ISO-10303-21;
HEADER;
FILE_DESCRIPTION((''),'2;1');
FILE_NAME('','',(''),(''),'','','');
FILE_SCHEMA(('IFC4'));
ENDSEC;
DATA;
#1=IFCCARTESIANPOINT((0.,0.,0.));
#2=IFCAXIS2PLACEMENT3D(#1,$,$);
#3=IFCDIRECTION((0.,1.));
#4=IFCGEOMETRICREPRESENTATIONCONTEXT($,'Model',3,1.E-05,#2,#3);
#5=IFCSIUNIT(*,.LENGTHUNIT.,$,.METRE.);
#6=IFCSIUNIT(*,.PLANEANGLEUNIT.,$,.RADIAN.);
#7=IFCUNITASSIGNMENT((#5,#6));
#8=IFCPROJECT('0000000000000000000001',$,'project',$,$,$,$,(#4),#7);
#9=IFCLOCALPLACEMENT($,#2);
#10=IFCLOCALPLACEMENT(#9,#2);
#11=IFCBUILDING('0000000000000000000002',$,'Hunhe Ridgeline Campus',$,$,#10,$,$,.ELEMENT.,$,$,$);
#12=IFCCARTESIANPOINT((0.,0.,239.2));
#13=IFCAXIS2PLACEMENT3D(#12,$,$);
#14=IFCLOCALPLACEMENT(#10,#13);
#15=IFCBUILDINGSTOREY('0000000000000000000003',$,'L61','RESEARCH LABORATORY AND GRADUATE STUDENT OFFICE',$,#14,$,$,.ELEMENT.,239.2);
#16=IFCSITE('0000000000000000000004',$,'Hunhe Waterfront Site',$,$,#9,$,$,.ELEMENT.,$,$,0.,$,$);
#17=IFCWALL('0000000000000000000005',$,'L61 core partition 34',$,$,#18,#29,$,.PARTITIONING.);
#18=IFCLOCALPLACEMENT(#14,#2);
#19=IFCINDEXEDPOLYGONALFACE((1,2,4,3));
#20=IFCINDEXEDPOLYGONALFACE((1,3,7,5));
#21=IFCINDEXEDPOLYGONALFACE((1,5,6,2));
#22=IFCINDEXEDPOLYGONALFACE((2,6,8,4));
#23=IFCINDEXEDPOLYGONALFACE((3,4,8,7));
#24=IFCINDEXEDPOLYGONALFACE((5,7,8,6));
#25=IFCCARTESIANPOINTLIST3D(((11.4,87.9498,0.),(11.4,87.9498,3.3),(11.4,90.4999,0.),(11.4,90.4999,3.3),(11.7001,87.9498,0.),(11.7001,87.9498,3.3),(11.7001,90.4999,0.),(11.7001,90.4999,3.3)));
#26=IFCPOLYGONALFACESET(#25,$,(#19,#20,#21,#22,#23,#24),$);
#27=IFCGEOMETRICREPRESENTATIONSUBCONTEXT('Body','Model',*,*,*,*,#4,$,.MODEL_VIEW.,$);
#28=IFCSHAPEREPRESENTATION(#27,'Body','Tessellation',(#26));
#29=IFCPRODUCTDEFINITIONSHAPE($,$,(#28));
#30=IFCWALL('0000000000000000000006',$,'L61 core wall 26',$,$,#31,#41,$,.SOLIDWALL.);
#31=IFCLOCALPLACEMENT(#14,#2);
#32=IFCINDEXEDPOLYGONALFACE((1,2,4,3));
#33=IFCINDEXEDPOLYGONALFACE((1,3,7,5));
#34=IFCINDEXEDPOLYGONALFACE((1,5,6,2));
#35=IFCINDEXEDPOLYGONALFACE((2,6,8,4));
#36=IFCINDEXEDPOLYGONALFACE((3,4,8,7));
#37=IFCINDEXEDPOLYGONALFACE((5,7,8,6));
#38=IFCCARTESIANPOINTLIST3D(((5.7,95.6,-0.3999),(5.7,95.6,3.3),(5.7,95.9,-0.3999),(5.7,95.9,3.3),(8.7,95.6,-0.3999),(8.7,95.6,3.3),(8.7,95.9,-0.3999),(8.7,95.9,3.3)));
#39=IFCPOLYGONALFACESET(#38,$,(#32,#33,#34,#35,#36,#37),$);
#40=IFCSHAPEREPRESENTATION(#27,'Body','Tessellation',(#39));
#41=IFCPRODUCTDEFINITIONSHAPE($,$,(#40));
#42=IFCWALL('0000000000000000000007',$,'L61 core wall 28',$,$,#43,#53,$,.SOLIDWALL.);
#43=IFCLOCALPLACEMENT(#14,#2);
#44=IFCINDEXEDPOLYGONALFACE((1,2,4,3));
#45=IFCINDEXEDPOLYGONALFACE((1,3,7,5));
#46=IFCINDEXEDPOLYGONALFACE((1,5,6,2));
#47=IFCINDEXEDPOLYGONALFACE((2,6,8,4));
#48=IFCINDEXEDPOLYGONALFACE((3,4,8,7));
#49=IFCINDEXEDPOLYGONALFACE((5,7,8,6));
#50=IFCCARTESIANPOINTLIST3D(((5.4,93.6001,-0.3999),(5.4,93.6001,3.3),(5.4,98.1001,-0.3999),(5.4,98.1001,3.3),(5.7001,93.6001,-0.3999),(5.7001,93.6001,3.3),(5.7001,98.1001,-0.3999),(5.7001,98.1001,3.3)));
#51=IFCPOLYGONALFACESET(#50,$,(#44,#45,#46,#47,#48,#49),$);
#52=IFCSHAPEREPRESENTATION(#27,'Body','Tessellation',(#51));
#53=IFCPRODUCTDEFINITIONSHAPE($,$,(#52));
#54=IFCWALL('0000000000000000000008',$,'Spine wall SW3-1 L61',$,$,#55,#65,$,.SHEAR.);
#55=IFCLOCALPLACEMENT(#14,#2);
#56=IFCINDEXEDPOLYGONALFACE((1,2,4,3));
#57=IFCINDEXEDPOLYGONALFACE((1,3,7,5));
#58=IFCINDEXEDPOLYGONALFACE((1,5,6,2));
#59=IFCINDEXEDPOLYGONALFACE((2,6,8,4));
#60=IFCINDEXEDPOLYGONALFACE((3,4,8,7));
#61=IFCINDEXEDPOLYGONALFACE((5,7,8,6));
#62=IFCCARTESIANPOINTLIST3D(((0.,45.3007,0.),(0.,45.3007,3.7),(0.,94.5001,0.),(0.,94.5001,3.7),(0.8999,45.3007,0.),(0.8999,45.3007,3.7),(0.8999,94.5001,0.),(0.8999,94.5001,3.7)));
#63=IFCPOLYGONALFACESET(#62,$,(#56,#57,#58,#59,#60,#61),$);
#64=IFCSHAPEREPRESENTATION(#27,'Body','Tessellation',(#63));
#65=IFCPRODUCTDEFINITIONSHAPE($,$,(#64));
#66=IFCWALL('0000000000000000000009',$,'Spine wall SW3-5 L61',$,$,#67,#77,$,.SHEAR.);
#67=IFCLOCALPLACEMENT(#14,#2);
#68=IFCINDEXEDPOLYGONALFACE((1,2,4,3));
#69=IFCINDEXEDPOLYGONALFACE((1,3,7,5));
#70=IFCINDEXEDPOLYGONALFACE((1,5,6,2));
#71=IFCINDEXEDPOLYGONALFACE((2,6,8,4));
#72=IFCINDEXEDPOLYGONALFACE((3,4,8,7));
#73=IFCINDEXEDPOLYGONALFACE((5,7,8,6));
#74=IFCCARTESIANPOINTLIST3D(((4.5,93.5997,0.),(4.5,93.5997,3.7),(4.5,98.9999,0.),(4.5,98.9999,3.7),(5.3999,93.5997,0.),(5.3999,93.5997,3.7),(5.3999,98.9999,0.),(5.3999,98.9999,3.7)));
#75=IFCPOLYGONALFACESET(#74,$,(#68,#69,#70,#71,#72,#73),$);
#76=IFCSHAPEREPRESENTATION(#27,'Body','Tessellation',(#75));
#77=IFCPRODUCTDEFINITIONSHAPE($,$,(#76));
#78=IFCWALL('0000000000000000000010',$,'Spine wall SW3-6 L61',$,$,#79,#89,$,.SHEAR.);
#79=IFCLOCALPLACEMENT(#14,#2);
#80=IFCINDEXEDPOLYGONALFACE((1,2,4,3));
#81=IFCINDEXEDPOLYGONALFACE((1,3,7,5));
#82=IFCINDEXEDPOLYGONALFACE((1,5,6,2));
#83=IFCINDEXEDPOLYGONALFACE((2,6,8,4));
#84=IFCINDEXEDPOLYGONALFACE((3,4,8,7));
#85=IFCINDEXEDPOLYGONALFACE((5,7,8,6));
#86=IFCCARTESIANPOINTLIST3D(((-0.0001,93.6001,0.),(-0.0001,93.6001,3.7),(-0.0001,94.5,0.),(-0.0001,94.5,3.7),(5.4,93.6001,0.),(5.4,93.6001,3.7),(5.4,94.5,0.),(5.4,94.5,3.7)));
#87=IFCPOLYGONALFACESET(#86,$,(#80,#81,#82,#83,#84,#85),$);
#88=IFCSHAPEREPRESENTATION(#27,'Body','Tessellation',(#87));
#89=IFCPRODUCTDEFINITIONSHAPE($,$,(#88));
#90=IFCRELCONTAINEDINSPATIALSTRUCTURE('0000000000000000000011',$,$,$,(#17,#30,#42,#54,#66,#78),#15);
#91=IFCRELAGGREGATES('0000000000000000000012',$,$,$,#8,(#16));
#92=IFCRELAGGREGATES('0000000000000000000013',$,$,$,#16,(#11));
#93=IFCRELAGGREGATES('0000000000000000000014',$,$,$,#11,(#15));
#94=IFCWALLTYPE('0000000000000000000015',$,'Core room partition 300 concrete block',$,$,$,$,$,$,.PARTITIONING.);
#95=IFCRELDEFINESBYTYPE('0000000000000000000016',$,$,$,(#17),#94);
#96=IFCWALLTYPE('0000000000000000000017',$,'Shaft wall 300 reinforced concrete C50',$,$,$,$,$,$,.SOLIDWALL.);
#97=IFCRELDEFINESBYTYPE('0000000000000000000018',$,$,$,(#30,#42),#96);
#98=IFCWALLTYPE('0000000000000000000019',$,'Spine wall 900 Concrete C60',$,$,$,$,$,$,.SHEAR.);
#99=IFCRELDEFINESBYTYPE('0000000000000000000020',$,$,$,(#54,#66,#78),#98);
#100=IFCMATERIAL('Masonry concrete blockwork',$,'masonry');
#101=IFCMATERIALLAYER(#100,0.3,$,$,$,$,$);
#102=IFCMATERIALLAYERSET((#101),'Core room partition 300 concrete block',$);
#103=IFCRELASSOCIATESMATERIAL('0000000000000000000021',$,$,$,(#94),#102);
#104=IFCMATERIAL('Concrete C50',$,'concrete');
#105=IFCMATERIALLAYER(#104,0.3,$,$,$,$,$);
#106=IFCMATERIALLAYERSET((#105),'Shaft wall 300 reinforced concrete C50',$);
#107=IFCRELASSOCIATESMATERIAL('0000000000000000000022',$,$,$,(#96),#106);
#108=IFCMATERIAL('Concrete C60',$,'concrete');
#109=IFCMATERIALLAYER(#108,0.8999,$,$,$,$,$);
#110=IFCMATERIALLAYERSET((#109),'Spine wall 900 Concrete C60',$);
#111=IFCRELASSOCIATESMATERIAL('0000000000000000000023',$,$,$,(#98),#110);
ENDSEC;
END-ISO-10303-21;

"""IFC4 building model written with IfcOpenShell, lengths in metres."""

from ifc_helpers import new_model, si_unit, direction, frame, frame_2d, origin, place, context, subcontext, project, spatial, rectangle, extrude, material, layer, layer_set, type_object, element, save


model = new_model("IFC4")

# Units and contexts
model_context = context("Model", 3, precision=1e-05, world=origin(), true_north=direction((0.0, 1.0)))
body_context = subcontext(model_context, "Body", "Model", "MODEL_VIEW")
ifc_project = project(units=[si_unit("LENGTHUNIT", "METRE"), si_unit("PLANEANGLEUNIT", "RADIAN")], contexts=[model_context])

# Site, building, storey
site_placement = place(None, origin())
site = spatial("IfcSite", under=ifc_project, at=site_placement, Name="Hunhe Waterfront Site", CompositionType="ELEMENT", RefElevation=0.0)
building_placement = place(site_placement, origin())
building = spatial("IfcBuilding", under=site, at=building_placement, Name="Hunhe Ridgeline Campus", CompositionType="ELEMENT")
storey_placement = place(building_placement, frame((0.0, 0.0, 239.2)))
storey = spatial("IfcBuildingStorey", under=building, at=storey_placement, Name="L61", Description="RESEARCH LABORATORY AND GRADUATE STUDENT OFFICE", CompositionType="ELEMENT", Elevation=239.2)

# Wall
ifc_material_1 = material(Name="Masonry concrete blockwork", Category="masonry")
ifc_layer_1 = layer(ifc_material_1, 0.3)
ifc_layer_set_1 = layer_set([ifc_layer_1], Name="Core room partition 300 concrete block")
wall_type_1 = type_object("IfcWallType", Name="Core room partition 300 concrete block", PredefinedType="PARTITIONING", material=ifc_layer_set_1)
wall_1_placement = place(storey_placement, frame((11.55, 87.95, 0.0), z_axis=(0.0, 0.0, 1.0), x_axis=(0.0, 1.0, 0.0)))
element("IfcWall", 1, at=wall_1_placement, inside=storey, type_object=wall_type_1, Name="L61 core partition 34", PredefinedType="PARTITIONING", context=body_context, shape_type="SweptSolid", body=[
    extrude(rectangle(XDim=2.55, YDim=0.3, at=frame_2d((1.2749, 0.0))), origin(), (0.0, 0.0, 1.0), 3.3),
])

# Shared definitions
ifc_material_2 = material(Name="Concrete C50", Category="concrete")
ifc_layer_2 = layer(ifc_material_2, 0.3)
ifc_layer_set_2 = layer_set([ifc_layer_2], Name="Shaft wall 300 reinforced concrete C50")
wall_type_2 = type_object("IfcWallType", Name="Shaft wall 300 reinforced concrete C50", PredefinedType="SOLIDWALL", material=ifc_layer_set_2)

# Walls
wall_2_placement = place(storey_placement, frame((5.7, 95.75, -0.3999), z_axis=(0.0, 0.0, 1.0), x_axis=(1.0, 0.0, 0.0)))
element("IfcWall", 2, at=wall_2_placement, inside=storey, type_object=wall_type_2, Name="L61 core wall 26", PredefinedType="SOLIDWALL", context=body_context, shape_type="SweptSolid", body=[
    extrude(rectangle(XDim=3.0, YDim=0.3, at=frame_2d((1.5, 0.0))), origin(), (0.0, 0.0, 1.0), 3.7),
])
wall_3_placement = place(storey_placement, frame((5.55, 93.6001, -0.3999), z_axis=(0.0, 0.0, 1.0), x_axis=(0.0, 1.0, 0.0)))
element("IfcWall", 3, at=wall_3_placement, inside=storey, type_object=wall_type_2, Name="L61 core wall 28", PredefinedType="SOLIDWALL", context=body_context, shape_type="SweptSolid", body=[
    extrude(rectangle(XDim=4.5, YDim=0.3, at=frame_2d((2.25, 0.0))), origin(), (0.0, 0.0, 1.0), 3.7),
])

# Walls
ifc_material_3 = material(Name="Concrete C60", Category="concrete")
ifc_layer_3 = layer(ifc_material_3, 0.8999)
ifc_layer_set_3 = layer_set([ifc_layer_3], Name="Spine wall 900 Concrete C60")
wall_type_3 = type_object("IfcWallType", Name="Spine wall 900 Concrete C60", PredefinedType="SHEAR", material=ifc_layer_set_3)
wall_4_placement = place(storey_placement, frame((0.45, 94.5, 0.0), z_axis=(0.0, 0.0, 1.0), x_axis=(0.0, -1.0, 0.0)))
element("IfcWall", 4, at=wall_4_placement, inside=storey, type_object=wall_type_3, Name="Spine wall SW3-1 L61", PredefinedType="SHEAR", context=body_context, shape_type="SweptSolid", body=[
    extrude(rectangle(XDim=49.1995, YDim=0.8999, at=frame_2d((24.5996, 0.0))), origin(), (0.0, 0.0, 1.0), 3.7),
])
for number, where, z_axis, x_axis, name in (
    (5, (4.95, 99.0, 0.0), (0.0, 0.0, 1.0), (0.0, -1.0, 0.0), "Spine wall SW3-5 L61"),
    (6, (5.4001, 94.05, 0.0), (0.0, 0.0, 1.0), (-1.0, 0.0, 0.0), "Spine wall SW3-6 L61"),
):
    element("IfcWall", number, at=place(storey_placement, frame(where, z_axis=z_axis, x_axis=x_axis)), inside=storey, type_object=wall_type_3, Name=name, PredefinedType="SHEAR", context=body_context, shape_type="SweptSolid", body=[
        extrude(rectangle(XDim=5.4001, YDim=0.8999, at=frame_2d((2.7002, 0.0))), origin(), (0.0, 0.0, 1.0), 3.7),
    ])

save(model, "model.ifc")
